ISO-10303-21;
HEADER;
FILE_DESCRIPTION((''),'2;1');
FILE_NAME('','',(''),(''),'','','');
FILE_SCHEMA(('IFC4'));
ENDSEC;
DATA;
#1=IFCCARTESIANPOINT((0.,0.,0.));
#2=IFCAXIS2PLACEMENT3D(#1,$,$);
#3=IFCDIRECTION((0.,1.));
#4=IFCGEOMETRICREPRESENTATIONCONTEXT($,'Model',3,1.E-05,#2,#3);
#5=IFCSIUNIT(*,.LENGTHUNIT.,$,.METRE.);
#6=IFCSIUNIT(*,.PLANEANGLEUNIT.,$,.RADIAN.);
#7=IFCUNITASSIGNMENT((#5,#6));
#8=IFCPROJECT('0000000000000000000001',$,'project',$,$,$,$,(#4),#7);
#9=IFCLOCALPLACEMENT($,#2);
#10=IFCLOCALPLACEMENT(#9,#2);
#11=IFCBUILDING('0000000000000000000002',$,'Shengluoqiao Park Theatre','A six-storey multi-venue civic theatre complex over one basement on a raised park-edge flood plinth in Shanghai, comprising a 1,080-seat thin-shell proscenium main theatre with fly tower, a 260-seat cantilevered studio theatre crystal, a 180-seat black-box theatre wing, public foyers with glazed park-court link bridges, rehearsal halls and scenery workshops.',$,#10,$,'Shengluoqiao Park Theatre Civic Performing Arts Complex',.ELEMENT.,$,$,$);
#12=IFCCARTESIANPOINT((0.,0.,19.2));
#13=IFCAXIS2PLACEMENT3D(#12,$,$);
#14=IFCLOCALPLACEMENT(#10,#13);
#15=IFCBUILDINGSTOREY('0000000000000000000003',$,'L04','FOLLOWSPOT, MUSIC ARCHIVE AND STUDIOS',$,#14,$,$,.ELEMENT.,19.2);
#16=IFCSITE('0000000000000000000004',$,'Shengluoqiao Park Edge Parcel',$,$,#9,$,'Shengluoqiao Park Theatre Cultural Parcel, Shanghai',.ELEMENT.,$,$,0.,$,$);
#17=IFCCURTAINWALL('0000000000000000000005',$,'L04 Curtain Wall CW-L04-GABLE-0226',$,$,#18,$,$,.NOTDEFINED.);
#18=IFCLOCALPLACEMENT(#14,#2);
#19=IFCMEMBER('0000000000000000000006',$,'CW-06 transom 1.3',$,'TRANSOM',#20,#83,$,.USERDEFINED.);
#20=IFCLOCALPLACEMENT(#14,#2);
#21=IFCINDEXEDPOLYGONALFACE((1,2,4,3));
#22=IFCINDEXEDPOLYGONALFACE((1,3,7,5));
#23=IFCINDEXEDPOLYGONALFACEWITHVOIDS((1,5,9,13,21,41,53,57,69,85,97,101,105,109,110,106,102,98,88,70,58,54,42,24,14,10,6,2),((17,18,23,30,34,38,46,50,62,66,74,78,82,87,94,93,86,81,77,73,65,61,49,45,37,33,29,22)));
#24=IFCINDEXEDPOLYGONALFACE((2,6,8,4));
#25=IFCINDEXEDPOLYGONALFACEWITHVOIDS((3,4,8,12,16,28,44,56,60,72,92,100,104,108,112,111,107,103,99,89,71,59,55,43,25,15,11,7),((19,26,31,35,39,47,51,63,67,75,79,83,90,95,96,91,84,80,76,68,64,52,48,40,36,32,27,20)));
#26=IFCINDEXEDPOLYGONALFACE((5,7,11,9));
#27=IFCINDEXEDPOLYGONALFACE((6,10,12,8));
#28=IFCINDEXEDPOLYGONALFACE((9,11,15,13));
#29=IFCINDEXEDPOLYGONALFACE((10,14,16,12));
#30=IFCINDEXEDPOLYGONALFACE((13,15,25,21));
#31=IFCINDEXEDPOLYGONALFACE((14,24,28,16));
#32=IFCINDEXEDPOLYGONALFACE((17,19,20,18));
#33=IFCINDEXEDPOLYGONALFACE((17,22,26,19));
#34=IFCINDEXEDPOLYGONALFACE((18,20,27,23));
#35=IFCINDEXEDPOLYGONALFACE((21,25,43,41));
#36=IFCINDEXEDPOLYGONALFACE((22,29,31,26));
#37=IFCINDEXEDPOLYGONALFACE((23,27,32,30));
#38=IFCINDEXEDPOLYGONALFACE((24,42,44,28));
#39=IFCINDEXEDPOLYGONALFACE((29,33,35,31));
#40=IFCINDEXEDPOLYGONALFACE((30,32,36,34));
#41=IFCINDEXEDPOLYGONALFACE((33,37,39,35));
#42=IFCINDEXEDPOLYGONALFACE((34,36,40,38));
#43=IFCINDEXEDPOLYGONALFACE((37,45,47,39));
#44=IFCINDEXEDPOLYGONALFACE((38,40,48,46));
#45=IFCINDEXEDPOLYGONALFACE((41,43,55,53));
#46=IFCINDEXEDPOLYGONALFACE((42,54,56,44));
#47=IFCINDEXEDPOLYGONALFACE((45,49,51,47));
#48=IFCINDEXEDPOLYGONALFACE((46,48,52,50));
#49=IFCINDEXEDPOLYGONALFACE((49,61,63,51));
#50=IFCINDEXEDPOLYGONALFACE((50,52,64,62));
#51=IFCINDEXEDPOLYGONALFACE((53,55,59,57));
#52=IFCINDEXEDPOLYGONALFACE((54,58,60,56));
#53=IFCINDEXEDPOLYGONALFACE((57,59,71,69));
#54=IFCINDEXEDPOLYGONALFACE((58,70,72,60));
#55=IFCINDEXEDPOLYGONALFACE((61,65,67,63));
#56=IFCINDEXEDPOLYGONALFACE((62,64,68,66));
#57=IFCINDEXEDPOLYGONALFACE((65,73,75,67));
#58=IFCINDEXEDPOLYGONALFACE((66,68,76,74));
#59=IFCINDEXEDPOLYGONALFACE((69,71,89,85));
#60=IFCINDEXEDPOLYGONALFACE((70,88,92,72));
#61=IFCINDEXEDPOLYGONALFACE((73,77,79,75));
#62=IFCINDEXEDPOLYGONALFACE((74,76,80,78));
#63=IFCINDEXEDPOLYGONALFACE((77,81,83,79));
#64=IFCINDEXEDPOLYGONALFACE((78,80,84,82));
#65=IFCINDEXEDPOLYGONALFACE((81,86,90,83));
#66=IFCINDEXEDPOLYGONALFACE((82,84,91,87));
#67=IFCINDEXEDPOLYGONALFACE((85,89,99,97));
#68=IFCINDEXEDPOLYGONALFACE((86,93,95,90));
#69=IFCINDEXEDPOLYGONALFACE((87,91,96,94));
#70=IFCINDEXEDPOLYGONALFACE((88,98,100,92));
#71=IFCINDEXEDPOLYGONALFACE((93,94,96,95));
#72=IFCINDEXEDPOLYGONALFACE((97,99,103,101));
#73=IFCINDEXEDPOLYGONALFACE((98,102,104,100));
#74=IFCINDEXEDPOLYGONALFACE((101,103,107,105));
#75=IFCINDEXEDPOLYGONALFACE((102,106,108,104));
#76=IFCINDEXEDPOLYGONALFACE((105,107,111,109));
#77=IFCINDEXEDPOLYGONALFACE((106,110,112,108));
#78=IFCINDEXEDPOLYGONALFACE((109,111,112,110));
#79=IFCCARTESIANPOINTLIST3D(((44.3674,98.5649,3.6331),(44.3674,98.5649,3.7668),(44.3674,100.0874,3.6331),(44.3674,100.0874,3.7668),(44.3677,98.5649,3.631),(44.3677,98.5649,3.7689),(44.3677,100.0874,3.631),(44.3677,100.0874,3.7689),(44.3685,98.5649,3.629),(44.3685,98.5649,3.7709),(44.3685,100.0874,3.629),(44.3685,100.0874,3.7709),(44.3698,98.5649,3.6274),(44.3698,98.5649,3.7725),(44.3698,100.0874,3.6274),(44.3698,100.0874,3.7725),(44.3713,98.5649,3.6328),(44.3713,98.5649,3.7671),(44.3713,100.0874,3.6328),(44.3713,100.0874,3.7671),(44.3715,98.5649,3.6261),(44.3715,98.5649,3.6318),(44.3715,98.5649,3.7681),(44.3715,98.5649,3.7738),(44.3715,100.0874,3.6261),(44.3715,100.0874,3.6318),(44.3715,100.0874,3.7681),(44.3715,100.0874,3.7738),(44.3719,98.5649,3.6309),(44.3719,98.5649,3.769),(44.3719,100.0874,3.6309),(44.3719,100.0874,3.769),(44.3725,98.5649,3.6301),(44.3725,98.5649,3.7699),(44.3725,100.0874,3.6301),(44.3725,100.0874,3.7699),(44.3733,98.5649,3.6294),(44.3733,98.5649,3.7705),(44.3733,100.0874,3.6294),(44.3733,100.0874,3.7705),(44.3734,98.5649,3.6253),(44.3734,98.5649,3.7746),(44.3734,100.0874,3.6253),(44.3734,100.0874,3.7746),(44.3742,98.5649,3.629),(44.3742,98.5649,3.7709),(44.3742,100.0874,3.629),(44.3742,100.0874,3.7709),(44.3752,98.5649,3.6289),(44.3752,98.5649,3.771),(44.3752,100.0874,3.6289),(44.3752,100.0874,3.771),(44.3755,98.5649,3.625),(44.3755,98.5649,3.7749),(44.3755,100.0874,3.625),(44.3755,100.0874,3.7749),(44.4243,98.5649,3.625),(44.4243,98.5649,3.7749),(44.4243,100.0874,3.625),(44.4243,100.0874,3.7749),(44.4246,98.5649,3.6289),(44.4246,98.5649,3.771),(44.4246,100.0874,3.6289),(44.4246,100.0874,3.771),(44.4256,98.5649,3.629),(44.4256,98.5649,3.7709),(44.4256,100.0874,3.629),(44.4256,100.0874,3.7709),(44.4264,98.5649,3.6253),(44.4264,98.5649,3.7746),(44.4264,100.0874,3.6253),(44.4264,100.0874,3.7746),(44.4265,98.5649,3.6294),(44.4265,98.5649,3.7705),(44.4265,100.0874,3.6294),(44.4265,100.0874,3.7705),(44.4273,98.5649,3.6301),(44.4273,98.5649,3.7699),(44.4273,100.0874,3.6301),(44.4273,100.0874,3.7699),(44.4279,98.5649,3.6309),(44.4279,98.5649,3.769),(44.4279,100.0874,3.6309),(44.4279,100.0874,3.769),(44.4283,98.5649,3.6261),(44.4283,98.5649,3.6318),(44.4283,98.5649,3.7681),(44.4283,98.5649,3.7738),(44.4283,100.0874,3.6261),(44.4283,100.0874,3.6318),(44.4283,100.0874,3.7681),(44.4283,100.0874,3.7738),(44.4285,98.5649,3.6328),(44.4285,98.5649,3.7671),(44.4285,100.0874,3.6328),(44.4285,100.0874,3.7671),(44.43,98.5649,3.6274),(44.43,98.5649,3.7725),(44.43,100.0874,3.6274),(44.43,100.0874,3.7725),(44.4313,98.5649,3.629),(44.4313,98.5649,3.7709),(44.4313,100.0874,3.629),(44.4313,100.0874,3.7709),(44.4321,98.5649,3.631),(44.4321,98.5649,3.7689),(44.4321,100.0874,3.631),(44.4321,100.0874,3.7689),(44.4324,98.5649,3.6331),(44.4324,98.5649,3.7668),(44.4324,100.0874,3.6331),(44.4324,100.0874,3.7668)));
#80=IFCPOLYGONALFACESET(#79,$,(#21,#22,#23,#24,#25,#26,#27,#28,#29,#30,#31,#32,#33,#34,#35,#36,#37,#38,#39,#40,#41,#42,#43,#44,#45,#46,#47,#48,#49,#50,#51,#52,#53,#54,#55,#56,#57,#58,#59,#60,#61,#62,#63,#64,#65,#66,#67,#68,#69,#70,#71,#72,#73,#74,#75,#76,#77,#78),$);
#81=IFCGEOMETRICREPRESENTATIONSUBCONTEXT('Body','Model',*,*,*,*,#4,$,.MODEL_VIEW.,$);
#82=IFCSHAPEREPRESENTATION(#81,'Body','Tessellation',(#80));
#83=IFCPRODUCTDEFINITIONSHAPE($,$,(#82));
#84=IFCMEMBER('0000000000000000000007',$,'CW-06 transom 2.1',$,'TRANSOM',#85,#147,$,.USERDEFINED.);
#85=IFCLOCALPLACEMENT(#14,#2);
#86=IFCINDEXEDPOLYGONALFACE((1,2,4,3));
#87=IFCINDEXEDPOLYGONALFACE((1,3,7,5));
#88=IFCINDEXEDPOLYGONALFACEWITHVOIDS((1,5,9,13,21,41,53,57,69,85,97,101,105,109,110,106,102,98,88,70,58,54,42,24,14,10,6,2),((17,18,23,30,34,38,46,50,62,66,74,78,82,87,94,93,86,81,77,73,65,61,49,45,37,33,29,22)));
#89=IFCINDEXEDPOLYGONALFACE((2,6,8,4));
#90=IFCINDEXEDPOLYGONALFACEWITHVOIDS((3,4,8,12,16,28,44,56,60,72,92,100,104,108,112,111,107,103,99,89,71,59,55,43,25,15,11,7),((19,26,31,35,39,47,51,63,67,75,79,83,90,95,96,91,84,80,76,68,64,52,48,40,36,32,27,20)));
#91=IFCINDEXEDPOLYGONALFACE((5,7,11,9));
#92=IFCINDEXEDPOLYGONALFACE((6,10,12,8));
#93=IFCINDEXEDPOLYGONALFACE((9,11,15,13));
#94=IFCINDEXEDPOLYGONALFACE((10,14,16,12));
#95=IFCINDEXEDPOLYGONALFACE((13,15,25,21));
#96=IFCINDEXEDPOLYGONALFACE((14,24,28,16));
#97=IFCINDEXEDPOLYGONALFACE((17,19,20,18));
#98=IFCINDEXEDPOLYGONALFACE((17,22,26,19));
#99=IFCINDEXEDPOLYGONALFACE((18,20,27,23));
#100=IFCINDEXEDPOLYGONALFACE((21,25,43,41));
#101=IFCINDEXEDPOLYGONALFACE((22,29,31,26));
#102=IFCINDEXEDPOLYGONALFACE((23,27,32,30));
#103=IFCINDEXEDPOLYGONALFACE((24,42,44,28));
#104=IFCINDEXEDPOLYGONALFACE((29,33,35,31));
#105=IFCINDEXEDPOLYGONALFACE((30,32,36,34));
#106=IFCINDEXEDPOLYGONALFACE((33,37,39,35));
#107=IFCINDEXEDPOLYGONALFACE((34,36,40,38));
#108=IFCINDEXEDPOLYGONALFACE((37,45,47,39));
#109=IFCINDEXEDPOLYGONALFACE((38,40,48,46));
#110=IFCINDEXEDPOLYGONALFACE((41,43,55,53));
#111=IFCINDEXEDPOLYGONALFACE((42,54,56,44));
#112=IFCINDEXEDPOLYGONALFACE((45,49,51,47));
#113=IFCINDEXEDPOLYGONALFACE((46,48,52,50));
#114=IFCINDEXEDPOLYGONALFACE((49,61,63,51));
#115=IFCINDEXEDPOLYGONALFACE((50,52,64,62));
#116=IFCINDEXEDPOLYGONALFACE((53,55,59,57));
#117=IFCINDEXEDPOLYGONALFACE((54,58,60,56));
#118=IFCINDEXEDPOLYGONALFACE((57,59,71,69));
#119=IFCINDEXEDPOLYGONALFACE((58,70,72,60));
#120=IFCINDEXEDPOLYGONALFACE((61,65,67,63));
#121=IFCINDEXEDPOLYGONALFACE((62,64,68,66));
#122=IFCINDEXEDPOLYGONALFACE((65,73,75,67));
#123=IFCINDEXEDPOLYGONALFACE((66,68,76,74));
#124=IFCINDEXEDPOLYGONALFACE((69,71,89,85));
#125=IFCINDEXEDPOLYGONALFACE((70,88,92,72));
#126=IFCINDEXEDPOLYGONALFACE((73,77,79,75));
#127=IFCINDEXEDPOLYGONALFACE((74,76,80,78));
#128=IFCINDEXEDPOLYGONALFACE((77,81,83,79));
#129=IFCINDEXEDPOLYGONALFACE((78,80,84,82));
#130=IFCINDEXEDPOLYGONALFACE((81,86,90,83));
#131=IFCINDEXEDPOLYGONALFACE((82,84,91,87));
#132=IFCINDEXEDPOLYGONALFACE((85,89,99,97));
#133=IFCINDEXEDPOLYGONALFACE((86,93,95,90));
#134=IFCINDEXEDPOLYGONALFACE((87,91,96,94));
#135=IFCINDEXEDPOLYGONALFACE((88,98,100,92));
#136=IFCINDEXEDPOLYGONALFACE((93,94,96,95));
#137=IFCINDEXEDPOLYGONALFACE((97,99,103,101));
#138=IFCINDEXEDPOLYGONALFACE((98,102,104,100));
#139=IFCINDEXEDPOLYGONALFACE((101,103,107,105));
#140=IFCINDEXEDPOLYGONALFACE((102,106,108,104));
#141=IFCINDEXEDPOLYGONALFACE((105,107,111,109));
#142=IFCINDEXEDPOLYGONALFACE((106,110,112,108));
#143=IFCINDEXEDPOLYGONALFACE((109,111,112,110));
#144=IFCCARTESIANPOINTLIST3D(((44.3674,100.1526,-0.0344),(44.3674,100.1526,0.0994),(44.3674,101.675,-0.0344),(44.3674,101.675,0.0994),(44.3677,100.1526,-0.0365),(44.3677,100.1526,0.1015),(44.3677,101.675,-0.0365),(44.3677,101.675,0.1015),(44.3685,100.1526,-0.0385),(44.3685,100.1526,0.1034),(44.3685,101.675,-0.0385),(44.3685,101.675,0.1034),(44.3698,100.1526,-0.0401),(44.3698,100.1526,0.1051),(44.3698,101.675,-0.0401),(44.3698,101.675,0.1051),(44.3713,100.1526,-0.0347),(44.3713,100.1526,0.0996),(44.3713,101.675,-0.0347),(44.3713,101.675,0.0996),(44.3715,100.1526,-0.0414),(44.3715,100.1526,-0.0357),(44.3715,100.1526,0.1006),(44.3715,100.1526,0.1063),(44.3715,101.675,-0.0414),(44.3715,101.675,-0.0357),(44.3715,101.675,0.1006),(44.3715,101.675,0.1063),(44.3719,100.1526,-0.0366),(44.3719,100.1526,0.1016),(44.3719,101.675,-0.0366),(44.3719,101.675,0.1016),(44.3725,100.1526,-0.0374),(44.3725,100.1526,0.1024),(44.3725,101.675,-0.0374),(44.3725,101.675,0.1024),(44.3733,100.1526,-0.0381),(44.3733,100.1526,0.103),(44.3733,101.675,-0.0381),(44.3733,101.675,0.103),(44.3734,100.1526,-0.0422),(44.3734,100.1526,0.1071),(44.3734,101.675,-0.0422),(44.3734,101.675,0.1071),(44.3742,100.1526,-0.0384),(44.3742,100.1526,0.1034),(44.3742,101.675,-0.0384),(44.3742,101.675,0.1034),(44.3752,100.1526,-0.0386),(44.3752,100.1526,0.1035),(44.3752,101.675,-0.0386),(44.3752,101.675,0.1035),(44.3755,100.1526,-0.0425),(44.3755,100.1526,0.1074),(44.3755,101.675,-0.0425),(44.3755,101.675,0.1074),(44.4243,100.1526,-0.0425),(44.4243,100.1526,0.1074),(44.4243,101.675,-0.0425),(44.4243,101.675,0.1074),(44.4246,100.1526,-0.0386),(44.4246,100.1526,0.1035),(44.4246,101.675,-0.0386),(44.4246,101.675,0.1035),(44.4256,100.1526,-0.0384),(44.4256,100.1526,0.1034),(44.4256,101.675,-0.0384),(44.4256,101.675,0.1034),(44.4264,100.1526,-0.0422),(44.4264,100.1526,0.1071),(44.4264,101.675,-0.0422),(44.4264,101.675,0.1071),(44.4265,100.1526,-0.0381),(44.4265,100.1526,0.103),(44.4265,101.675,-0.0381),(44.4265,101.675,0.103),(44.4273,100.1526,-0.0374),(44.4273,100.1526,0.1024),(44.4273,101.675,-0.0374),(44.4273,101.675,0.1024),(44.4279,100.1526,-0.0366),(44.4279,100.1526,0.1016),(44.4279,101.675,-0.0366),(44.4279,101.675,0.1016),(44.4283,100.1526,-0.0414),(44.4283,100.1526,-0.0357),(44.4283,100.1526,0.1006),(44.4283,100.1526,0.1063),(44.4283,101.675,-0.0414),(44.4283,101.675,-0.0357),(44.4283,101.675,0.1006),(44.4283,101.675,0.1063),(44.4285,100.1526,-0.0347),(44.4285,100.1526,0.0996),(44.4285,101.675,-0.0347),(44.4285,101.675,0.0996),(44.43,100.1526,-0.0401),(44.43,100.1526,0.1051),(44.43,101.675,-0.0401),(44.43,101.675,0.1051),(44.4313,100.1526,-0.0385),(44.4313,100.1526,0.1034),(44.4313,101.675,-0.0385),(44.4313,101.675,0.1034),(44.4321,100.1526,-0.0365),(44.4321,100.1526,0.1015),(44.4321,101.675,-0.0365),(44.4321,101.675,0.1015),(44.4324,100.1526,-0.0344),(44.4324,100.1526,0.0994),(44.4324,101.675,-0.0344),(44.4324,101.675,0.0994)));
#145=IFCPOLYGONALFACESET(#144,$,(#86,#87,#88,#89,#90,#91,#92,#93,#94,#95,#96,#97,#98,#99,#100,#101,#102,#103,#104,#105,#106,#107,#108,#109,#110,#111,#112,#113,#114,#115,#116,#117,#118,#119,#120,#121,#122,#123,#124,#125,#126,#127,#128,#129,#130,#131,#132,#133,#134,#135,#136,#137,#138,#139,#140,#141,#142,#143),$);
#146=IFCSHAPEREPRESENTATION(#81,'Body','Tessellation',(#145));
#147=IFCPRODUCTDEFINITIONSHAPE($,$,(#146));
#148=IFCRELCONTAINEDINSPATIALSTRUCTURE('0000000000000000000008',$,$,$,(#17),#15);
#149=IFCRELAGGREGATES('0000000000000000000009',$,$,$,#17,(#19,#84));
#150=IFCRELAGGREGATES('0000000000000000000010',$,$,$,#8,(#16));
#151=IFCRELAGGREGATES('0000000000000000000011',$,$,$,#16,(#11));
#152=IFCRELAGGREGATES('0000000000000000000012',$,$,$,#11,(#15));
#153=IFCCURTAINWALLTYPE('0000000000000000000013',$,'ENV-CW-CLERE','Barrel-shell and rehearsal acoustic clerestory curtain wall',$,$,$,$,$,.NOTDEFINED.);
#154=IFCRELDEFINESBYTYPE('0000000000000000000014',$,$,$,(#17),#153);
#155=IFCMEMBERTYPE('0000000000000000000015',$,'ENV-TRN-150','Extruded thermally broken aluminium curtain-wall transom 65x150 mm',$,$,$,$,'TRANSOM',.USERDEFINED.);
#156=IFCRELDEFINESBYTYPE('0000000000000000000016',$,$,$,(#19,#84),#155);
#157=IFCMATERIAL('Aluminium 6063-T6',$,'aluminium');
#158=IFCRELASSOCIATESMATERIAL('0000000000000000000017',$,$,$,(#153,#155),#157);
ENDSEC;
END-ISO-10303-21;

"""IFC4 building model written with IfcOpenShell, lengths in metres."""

from ifc_helpers import new_model, si_unit, direction, frame, origin, origin_2d, place, context, subcontext, project, spatial, hollow_rectangle, extrude, material, material_profile, profile_set, type_object, element, aggregate, save


model = new_model("IFC4")

# Units and contexts
model_context = context("Model", 3, precision=1e-05, world=origin(), true_north=direction((0.0, 1.0)))
body_context = subcontext(model_context, "Body", "Model", "MODEL_VIEW")
ifc_project = project(units=[si_unit("LENGTHUNIT", "METRE"), si_unit("PLANEANGLEUNIT", "RADIAN")], contexts=[model_context])

# Site, building, storey
site_placement = place(None, origin())
site = spatial("IfcSite", under=ifc_project, at=site_placement, Name="Shengluoqiao Park Edge Parcel", LongName="Shengluoqiao Park Theatre Cultural Parcel, Shanghai", CompositionType="ELEMENT", RefElevation=0.0)
building_placement = place(site_placement, origin())
building = spatial("IfcBuilding", under=site, at=building_placement, Name="Shengluoqiao Park Theatre", Description="A six-storey multi-venue civic theatre complex over one basement on a raised park-edge flood plinth in Shanghai, comprising a 1,080-seat thin-shell proscenium main theatre with fly tower, a 260-seat cantilevered studio theatre crystal, a 180-seat black-box theatre wing, public foyers with glazed park-court link bridges, rehearsal halls and scenery workshops.", LongName="Shengluoqiao Park Theatre Civic Performing Arts Complex", CompositionType="ELEMENT")
storey_placement = place(building_placement, frame((0.0, 0.0, 19.2)))
storey = spatial("IfcBuildingStorey", under=building, at=storey_placement, Name="L04", Description="FOLLOWSPOT, MUSIC ARCHIVE AND STUDIOS", CompositionType="ELEMENT", Elevation=19.2)

# Shared definitions
ifc_material_1 = material(Name="Aluminium 6063-T6", Category="aluminium")
curtain_wall_type = type_object("IfcCurtainWallType", Name="ENV-CW-CLERE", Description="Barrel-shell and rehearsal acoustic clerestory curtain wall", PredefinedType="NOTDEFINED", material=ifc_material_1)

# Curtain wall
curtain_wall_1_placement = place(storey_placement, origin())
curtain_wall_1 = element("IfcCurtainWall", 1, at=curtain_wall_1_placement, inside=storey, type_object=curtain_wall_type, Name="L04 Curtain Wall CW-L04-GABLE-0226", PredefinedType="NOTDEFINED")

# Members
ifc_material_profile_1 = material_profile(ifc_material_1, hollow_rectangle(XDim=0.0649, YDim=0.1499, WallThickness=0.0039, InnerFilletRadius=0.0039, OuterFilletRadius=0.0081, at=origin_2d()), Name="ALU TRANSOM 150x65x4")
ifc_profile_set_1 = profile_set([ifc_material_profile_1], Name="Aluminium 6063-T6")
member_type_1 = type_object("IfcMemberType", Name="ENV-TRN-150", Description="Extruded thermally broken aluminium curtain-wall transom 65x150 mm", ElementType="TRANSOM", PredefinedType="USERDEFINED", material=ifc_profile_set_1)
member_1_placement = place(storey_placement, frame((44.3999, 98.5649, 3.7), z_axis=(0.0, 1.0, 0.0), x_axis=(-1.0, 0.0, 0.0)))
member_1 = element("IfcMember", 2, at=member_1_placement, type_object=member_type_1, Name="CW-06 transom 1.3", ObjectType="TRANSOM", PredefinedType="USERDEFINED", context=body_context, shape_type="SweptSolid", body=[
    extrude(hollow_rectangle(XDim=0.0649, YDim=0.1499, WallThickness=0.0039, InnerFilletRadius=0.0039, OuterFilletRadius=0.0081, at=origin_2d()), origin(), (0.0, 0.0, 1.0), 1.5225),
])
member_2_placement = place(storey_placement, frame((44.3999, 100.1526, 0.0325), z_axis=(0.0, 1.0, 0.0), x_axis=(-1.0, 0.0, 0.0)))
member_2 = element("IfcMember", 3, at=member_2_placement, type_object=member_type_1, Name="CW-06 transom 2.1", ObjectType="TRANSOM", PredefinedType="USERDEFINED", context=body_context, shape_type="SweptSolid", body=[
    extrude(hollow_rectangle(XDim=0.0649, YDim=0.1499, WallThickness=0.0039, InnerFilletRadius=0.0039, OuterFilletRadius=0.0081, at=origin_2d()), origin(), (0.0, 0.0, 1.0), 1.5225),
])

aggregate(curtain_wall_1, [member_1, member_2])

save(model, "model.ifc")
